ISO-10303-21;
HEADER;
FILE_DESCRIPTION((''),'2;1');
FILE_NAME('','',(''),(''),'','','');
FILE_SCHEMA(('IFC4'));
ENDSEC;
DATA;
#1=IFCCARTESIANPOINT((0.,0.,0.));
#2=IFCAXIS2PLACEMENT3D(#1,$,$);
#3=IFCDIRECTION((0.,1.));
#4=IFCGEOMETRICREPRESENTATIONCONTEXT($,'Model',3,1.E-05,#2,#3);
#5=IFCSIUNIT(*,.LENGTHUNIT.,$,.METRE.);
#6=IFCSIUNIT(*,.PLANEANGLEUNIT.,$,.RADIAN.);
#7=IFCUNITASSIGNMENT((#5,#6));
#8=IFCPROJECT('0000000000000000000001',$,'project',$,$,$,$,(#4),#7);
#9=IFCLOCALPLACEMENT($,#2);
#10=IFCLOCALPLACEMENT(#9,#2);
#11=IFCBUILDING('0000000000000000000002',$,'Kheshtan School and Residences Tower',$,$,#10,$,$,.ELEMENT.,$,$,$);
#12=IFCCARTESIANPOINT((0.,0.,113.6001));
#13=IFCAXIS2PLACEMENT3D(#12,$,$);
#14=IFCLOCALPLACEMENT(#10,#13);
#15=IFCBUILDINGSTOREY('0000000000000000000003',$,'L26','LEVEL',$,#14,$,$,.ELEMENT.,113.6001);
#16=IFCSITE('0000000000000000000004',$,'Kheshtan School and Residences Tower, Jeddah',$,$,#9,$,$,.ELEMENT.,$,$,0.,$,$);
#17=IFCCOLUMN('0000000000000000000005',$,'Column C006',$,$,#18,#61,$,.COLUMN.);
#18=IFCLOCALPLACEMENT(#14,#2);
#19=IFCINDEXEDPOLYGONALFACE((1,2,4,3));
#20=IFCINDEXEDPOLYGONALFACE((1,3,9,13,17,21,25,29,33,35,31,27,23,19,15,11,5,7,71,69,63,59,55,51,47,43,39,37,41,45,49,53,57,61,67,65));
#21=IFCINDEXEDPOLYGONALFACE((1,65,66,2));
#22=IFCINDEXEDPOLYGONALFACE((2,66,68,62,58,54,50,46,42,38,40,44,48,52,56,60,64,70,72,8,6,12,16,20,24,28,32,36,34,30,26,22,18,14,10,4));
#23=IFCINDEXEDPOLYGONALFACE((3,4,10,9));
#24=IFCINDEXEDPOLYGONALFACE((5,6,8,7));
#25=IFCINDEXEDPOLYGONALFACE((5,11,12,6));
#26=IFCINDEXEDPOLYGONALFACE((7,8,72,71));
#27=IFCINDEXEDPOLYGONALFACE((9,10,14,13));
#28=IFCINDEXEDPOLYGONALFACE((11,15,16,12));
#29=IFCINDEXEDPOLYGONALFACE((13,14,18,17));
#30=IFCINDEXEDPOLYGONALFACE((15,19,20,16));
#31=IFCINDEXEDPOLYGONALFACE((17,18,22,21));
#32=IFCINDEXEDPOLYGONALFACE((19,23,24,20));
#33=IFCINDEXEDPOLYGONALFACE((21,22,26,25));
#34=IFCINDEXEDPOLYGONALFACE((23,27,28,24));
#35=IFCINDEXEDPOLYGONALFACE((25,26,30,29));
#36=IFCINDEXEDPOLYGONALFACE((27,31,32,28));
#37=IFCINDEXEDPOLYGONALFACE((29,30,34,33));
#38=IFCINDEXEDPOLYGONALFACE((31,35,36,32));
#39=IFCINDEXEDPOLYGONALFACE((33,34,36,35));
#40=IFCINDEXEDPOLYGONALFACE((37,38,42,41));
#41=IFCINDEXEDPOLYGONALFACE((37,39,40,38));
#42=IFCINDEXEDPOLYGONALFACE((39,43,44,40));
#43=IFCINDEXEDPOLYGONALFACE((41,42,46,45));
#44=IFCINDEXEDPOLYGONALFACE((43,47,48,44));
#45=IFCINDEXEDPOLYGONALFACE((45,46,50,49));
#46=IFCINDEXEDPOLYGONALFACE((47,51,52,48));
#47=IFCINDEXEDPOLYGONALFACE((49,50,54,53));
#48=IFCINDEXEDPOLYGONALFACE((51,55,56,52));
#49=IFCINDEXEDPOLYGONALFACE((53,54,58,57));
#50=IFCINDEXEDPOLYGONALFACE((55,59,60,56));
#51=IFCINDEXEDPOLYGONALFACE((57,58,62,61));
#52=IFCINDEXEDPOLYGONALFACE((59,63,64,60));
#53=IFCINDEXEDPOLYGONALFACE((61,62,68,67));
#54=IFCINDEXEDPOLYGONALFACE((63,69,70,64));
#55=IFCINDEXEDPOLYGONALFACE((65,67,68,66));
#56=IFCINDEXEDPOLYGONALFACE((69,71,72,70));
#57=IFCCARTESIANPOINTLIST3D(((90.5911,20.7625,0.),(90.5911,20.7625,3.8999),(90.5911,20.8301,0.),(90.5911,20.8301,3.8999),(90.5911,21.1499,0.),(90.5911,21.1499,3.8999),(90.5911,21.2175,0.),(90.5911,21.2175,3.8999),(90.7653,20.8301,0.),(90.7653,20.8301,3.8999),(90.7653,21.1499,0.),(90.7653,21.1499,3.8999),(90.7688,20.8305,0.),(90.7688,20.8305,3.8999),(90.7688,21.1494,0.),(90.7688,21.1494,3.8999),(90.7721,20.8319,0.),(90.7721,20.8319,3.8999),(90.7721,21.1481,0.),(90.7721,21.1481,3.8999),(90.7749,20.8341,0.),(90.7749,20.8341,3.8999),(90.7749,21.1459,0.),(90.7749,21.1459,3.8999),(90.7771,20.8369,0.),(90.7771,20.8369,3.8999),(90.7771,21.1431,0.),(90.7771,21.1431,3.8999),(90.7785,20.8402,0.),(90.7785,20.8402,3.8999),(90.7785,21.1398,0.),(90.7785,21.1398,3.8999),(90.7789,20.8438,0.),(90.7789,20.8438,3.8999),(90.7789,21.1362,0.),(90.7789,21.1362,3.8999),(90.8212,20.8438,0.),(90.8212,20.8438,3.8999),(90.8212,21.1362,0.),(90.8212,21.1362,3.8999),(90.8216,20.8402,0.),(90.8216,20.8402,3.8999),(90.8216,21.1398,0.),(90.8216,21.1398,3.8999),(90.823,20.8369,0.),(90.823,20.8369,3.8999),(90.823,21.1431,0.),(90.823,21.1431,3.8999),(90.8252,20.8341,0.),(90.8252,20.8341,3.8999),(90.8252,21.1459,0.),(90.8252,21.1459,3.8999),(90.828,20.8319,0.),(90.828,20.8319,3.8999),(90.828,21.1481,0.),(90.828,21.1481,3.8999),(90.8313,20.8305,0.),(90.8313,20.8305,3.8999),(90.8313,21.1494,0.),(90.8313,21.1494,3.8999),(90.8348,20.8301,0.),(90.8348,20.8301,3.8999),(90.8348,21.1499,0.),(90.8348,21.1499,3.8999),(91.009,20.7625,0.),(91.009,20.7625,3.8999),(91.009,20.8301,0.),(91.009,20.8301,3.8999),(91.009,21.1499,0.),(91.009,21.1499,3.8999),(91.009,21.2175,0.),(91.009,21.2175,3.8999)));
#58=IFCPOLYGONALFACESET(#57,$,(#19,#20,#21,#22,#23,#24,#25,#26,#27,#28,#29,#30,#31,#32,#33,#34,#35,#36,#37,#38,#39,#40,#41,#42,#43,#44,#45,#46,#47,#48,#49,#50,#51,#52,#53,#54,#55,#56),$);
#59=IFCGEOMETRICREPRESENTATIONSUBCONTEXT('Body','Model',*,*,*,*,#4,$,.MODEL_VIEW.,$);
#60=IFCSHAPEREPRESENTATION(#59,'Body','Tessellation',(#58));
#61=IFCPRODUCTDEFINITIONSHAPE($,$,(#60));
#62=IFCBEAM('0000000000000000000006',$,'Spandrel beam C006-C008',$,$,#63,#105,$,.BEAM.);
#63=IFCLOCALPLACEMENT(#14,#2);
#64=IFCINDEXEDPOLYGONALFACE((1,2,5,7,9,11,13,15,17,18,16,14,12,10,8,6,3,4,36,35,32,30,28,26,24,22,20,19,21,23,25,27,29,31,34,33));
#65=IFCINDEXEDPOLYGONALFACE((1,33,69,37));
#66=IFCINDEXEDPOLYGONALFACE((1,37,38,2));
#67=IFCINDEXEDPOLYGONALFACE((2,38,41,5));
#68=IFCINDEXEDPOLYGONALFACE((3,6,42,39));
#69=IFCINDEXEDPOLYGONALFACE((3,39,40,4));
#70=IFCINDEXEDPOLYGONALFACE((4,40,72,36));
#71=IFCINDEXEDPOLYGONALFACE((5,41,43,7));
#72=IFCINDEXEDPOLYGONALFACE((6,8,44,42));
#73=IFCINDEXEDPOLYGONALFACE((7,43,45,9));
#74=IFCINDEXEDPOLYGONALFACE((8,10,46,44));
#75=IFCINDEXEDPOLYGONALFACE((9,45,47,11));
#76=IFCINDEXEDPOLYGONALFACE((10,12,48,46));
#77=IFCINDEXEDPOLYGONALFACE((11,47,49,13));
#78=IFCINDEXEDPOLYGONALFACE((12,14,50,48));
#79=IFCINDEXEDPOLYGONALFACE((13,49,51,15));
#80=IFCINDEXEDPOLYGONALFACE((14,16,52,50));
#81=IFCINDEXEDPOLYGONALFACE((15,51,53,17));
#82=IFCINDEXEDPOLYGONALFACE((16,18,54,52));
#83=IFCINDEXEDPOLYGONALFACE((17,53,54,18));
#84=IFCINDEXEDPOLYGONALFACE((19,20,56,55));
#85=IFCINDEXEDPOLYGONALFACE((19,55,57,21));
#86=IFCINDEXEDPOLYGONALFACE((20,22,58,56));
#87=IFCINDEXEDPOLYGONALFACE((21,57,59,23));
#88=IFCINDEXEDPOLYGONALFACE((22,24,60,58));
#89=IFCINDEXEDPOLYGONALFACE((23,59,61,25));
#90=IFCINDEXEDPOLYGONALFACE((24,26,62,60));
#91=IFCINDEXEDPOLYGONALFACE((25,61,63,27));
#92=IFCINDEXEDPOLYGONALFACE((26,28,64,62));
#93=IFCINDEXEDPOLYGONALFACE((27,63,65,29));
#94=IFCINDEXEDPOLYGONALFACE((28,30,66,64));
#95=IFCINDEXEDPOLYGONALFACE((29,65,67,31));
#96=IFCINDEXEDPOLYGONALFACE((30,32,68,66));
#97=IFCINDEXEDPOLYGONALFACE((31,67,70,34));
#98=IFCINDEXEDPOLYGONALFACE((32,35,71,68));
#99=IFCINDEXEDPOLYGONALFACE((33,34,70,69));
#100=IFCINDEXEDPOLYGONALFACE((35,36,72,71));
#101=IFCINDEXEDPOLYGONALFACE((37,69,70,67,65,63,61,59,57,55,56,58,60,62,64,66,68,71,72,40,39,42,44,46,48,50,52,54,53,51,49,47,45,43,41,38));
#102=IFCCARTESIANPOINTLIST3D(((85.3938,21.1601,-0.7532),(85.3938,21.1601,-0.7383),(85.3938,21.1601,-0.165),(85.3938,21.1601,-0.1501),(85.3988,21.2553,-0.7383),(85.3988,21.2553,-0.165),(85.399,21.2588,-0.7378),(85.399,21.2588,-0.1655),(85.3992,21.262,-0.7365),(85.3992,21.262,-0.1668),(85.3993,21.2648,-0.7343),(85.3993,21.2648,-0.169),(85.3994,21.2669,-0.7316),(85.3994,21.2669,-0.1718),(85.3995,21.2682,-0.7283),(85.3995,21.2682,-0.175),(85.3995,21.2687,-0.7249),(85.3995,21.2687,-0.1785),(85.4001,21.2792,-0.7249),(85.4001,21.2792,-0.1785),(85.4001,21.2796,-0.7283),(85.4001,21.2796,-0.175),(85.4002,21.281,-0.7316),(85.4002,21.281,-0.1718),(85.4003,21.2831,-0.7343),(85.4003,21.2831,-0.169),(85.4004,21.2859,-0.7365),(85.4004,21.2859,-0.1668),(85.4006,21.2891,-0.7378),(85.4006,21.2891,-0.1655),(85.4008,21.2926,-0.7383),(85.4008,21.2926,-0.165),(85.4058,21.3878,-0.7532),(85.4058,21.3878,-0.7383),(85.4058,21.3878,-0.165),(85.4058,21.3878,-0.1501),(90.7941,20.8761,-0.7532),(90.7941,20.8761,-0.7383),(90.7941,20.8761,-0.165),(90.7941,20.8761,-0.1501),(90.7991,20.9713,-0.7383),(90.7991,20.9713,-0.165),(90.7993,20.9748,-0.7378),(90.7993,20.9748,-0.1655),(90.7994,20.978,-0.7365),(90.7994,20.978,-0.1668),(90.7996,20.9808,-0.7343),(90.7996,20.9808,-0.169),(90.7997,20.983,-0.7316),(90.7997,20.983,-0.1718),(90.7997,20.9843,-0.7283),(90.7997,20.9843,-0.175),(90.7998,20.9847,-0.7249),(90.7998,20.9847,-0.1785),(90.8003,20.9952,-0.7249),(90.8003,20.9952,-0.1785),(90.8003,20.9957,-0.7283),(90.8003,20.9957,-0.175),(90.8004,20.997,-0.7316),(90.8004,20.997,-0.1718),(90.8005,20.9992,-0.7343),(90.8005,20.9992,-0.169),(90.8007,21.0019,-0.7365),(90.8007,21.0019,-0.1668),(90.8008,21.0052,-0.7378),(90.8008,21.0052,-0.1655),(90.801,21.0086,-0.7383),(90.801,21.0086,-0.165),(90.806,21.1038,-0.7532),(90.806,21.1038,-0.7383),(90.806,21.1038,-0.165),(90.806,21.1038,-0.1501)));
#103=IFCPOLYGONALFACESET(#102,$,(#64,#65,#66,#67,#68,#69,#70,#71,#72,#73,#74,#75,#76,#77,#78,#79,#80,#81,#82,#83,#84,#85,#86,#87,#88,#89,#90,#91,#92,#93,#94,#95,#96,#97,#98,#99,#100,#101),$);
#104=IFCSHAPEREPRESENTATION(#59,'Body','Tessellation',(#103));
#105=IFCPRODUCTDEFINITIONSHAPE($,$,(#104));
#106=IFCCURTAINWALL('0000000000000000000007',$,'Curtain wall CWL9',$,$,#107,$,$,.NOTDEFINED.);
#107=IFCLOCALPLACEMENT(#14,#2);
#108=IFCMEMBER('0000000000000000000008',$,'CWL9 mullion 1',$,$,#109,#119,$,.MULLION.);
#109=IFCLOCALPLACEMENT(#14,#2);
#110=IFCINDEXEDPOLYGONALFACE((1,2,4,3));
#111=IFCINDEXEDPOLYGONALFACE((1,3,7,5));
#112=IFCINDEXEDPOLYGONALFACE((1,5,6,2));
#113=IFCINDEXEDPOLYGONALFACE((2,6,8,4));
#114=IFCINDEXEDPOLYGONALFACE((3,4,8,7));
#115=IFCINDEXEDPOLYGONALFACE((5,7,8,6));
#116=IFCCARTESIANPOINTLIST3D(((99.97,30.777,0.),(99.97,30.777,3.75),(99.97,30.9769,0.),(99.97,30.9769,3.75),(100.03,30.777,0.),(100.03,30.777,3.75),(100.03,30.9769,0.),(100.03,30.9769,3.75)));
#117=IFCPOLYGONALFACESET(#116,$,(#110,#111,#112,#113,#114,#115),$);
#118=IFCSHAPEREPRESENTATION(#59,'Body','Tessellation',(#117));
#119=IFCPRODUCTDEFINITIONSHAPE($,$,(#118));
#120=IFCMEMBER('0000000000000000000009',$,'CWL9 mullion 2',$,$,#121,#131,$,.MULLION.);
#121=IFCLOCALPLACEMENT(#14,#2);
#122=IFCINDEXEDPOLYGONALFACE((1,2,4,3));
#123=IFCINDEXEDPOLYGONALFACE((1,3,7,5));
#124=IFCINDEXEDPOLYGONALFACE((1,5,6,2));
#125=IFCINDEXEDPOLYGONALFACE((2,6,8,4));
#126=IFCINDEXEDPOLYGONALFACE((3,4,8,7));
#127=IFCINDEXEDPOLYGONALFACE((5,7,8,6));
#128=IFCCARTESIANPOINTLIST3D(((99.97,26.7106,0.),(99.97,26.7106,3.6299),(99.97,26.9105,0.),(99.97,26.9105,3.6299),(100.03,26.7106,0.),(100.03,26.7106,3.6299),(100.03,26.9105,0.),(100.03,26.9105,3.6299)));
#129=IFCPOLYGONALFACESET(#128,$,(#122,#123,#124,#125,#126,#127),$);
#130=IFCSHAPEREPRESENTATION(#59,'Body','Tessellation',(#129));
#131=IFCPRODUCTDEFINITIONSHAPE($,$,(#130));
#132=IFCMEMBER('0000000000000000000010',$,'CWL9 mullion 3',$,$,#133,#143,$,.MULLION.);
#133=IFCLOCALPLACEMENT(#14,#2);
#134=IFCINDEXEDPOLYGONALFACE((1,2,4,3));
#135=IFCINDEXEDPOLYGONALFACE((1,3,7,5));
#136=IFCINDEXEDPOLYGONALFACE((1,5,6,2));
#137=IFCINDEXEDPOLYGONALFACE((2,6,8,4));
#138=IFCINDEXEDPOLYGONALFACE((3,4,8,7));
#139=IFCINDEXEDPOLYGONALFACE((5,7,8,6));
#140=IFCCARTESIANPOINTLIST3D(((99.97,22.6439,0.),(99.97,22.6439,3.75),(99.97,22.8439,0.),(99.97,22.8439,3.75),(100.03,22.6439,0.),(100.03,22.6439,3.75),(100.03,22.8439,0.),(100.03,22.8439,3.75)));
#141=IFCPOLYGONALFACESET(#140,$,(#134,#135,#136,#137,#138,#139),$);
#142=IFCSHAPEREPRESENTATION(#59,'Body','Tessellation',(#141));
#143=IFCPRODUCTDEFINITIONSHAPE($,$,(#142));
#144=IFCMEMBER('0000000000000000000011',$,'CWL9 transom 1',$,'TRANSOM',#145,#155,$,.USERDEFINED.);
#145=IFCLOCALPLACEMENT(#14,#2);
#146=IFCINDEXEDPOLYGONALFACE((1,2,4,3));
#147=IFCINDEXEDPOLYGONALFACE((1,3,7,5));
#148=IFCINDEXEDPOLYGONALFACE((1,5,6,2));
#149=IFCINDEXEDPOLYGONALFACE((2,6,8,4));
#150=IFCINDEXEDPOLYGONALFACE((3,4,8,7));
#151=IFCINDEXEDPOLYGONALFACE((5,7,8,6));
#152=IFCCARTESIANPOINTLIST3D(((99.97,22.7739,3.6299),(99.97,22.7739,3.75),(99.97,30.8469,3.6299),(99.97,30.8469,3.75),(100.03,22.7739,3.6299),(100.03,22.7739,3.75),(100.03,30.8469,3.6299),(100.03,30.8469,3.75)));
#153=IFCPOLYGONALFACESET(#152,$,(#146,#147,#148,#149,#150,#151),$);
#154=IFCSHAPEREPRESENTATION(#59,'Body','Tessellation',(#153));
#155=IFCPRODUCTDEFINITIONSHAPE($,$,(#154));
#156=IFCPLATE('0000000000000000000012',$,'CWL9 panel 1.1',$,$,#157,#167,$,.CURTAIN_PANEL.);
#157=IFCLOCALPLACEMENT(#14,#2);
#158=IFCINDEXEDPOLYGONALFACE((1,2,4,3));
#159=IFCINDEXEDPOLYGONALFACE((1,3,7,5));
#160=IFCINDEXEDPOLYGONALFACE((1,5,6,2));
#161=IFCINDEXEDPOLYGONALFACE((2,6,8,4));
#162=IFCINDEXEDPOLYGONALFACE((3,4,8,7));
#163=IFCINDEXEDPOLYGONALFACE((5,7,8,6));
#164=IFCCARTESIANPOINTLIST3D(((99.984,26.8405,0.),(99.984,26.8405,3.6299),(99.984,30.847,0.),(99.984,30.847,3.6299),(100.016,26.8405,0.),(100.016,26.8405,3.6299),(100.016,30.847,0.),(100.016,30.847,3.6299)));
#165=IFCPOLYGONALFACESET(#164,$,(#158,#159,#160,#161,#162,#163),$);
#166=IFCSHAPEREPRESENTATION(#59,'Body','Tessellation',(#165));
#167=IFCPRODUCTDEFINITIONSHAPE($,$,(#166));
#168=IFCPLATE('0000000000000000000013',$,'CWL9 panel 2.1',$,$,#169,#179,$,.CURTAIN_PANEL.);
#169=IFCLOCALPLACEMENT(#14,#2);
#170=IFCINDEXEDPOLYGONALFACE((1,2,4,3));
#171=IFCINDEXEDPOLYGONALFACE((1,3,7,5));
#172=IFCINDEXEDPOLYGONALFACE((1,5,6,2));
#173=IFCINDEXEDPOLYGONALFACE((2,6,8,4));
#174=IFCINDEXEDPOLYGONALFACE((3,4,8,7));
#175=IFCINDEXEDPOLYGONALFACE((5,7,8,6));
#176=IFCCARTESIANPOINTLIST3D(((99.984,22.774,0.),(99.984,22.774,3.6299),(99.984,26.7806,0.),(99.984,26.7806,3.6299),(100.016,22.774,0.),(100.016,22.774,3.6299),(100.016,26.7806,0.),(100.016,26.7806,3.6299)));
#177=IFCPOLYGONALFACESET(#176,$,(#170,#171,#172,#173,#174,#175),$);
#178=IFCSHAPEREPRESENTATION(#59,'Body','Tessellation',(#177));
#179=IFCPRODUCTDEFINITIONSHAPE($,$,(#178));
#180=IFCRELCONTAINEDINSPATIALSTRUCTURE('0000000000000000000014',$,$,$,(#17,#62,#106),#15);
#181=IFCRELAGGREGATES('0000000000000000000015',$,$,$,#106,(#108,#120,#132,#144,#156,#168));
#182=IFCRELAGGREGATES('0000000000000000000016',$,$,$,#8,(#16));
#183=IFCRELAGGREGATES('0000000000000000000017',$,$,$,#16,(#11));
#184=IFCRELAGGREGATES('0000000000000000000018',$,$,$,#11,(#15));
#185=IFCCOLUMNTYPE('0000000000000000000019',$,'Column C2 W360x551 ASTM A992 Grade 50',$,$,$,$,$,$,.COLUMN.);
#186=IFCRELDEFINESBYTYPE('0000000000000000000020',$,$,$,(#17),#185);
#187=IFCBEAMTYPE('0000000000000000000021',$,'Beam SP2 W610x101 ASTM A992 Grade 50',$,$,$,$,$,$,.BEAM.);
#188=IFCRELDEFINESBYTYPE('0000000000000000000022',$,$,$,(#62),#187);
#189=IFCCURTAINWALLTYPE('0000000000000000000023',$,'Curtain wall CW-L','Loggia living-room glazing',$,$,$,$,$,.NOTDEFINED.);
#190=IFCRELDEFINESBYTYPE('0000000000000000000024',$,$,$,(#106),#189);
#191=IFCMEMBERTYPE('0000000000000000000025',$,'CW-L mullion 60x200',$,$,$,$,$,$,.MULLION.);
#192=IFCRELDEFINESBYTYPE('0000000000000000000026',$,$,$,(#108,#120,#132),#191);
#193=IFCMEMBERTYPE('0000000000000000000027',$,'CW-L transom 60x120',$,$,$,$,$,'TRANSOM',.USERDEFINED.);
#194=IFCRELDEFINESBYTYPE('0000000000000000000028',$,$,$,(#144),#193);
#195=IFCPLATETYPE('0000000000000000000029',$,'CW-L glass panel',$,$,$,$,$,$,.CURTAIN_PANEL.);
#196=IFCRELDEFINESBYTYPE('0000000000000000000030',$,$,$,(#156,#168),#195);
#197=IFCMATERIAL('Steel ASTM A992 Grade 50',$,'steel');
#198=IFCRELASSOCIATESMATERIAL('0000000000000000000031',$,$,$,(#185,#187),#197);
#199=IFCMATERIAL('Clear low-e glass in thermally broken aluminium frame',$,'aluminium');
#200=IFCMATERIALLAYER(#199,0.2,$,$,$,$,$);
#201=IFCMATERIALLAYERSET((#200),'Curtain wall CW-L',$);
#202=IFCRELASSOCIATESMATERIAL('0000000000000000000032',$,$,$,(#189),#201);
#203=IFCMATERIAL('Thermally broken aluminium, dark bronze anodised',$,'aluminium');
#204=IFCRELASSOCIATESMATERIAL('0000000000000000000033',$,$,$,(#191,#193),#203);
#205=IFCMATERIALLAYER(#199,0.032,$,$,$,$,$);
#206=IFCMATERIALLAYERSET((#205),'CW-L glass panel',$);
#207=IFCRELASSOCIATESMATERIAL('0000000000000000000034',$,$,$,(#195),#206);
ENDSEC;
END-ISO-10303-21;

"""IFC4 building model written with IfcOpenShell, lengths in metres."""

from ifc_helpers import new_model, si_unit, direction, frame, origin, origin_2d, place, context, subcontext, project, spatial, rectangle, i_section, extrude, material, layer, layer_set, material_profile, profile_set, type_object, element, aggregate, save


model = new_model("IFC4")

# Units and contexts
model_context = context("Model", 3, precision=1e-05, world=origin(), true_north=direction((0.0, 1.0)))
body_context = subcontext(model_context, "Body", "Model", "MODEL_VIEW")
ifc_project = project(units=[si_unit("LENGTHUNIT", "METRE"), si_unit("PLANEANGLEUNIT", "RADIAN")], contexts=[model_context])

# Site, building, storey
site_placement = place(None, origin())
site = spatial("IfcSite", under=ifc_project, at=site_placement, Name="Kheshtan School and Residences Tower, Jeddah", CompositionType="ELEMENT", RefElevation=0.0)
building_placement = place(site_placement, origin())
building = spatial("IfcBuilding", under=site, at=building_placement, Name="Kheshtan School and Residences Tower", CompositionType="ELEMENT")
storey_placement = place(building_placement, frame((0.0, 0.0, 113.6001)))
storey = spatial("IfcBuildingStorey", under=building, at=storey_placement, Name="L26", Description="LEVEL", CompositionType="ELEMENT", Elevation=113.6001)

# Column
ifc_material_1 = material(Name="Steel ASTM A992 Grade 50", Category="steel")
ifc_material_profile_1 = material_profile(ifc_material_1, i_section(OverallWidth=0.418, OverallDepth=0.4551, WebThickness=0.0422, FlangeThickness=0.0676, FilletRadius=0.0137, at=origin_2d()), Name="W360x551")
ifc_profile_set_1 = profile_set([ifc_material_profile_1], Name="Steel ASTM A992 Grade 50")
column_type = type_object("IfcColumnType", Name="Column C2 W360x551 ASTM A992 Grade 50", PredefinedType="COLUMN", material=ifc_profile_set_1)
column_placement = place(storey_placement, frame((90.8, 20.99, 0.0), z_axis=(0.0, 0.0, 1.0), x_axis=(1.0, 0.0, 0.0)))
element("IfcColumn", 1, at=column_placement, inside=storey, type_object=column_type, Name="Column C006", PredefinedType="COLUMN", context=body_context, shape_type="SweptSolid", body=[
    extrude(i_section(OverallWidth=0.418, OverallDepth=0.4551, WebThickness=0.0422, FlangeThickness=0.0676, FilletRadius=0.0137, at=origin_2d()), origin(), (0.0, 0.0, 1.0), 3.8999),
])

# Beam
ifc_material_profile_2 = material_profile(ifc_material_1, i_section(OverallWidth=0.228, OverallDepth=0.603, WebThickness=0.0105, FlangeThickness=0.0149, FilletRadius=0.0134, at=origin_2d()), Name="W610x101")
ifc_profile_set_2 = profile_set([ifc_material_profile_2], Name="Steel ASTM A992 Grade 50")
beam_type = type_object("IfcBeamType", Name="Beam SP2 W610x101 ASTM A992 Grade 50", PredefinedType="BEAM", material=ifc_profile_set_2)
beam_placement = place(storey_placement, frame((90.8, 20.99, -0.4517), z_axis=(-0.998621, 0.052507, 0.0), x_axis=(-0.052507, -0.998621, 0.0)))
element("IfcBeam", 2, at=beam_placement, inside=storey, type_object=beam_type, Name="Spandrel beam C006-C008", PredefinedType="BEAM", context=body_context, shape_type="SweptSolid", body=[
    extrude(i_section(OverallWidth=0.228, OverallDepth=0.603, WebThickness=0.0105, FlangeThickness=0.0149, FilletRadius=0.0134, at=origin_2d()), origin(), (0.0, 0.0, 1.0), 5.4077),
])

# Curtain wall, members, plates
ifc_material_2 = material(Name="Clear low-e glass in thermally broken aluminium frame", Category="aluminium")
ifc_layer_1 = layer(ifc_material_2, 0.2)
ifc_layer_set_1 = layer_set([ifc_layer_1], Name="Curtain wall CW-L")
curtain_wall_type = type_object("IfcCurtainWallType", Name="Curtain wall CW-L", Description="Loggia living-room glazing", PredefinedType="NOTDEFINED", material=ifc_layer_set_1)
curtain_wall_placement = place(storey_placement, origin())
curtain_wall = element("IfcCurtainWall", 3, at=curtain_wall_placement, inside=storey, type_object=curtain_wall_type, Name="Curtain wall CWL9", PredefinedType="NOTDEFINED")
ifc_material_3 = material(Name="Thermally broken aluminium, dark bronze anodised", Category="aluminium")
ifc_material_profile_3 = material_profile(ifc_material_3, rectangle(XDim=0.0601, YDim=0.2, at=origin_2d()), Name="CW-L mullion 60x200")
ifc_profile_set_3 = profile_set([ifc_material_profile_3], Name="Thermally broken aluminium, dark bronze anodised")
member_type_1 = type_object("IfcMemberType", Name="CW-L mullion 60x200", PredefinedType="MULLION", material=ifc_profile_set_3)
member_1_placement = place(storey_placement, frame((100.0, 30.877, 0.0), z_axis=(0.0, 0.0, 1.0), x_axis=(1.0, 0.0, 0.0)))
member_1 = element("IfcMember", 4, at=member_1_placement, type_object=member_type_1, Name="CWL9 mullion 1", PredefinedType="MULLION", context=body_context, shape_type="SweptSolid", body=[
    extrude(rectangle(XDim=0.0601, YDim=0.2, at=origin_2d()), origin(), (0.0, 0.0, 1.0), 3.75),
])
member_2_placement = place(storey_placement, frame((100.0, 26.8105, 0.0), z_axis=(0.0, 0.0, 1.0), x_axis=(1.0, 0.0, 0.0)))
member_2 = element("IfcMember", 5, at=member_2_placement, type_object=member_type_1, Name="CWL9 mullion 2", PredefinedType="MULLION", context=body_context, shape_type="SweptSolid", body=[
    extrude(rectangle(XDim=0.0601, YDim=0.2, at=origin_2d()), origin(), (0.0, 0.0, 1.0), 3.6299),
])
member_3_placement = place(storey_placement, frame((100.0, 22.7439, 0.0), z_axis=(0.0, 0.0, 1.0), x_axis=(1.0, 0.0, 0.0)))
member_3 = element("IfcMember", 6, at=member_3_placement, type_object=member_type_1, Name="CWL9 mullion 3", PredefinedType="MULLION", context=body_context, shape_type="SweptSolid", body=[
    extrude(rectangle(XDim=0.0601, YDim=0.2, at=origin_2d()), origin(), (0.0, 0.0, 1.0), 3.75),
])
ifc_material_profile_4 = material_profile(ifc_material_3, rectangle(XDim=0.0601, YDim=0.1201, at=origin_2d()), Name="CW-L transom 60x120")
ifc_profile_set_4 = profile_set([ifc_material_profile_4], Name="Thermally broken aluminium, dark bronze anodised")
member_type_2 = type_object("IfcMemberType", Name="CW-L transom 60x120", ElementType="TRANSOM", PredefinedType="USERDEFINED", material=ifc_profile_set_4)
member_4_placement = place(storey_placement, frame((100.0, 30.8469, 3.6899), z_axis=(0.0, -1.0, 0.0), x_axis=(1.0, 0.0, 0.0)))
member_4 = element("IfcMember", 7, at=member_4_placement, type_object=member_type_2, Name="CWL9 transom 1", ObjectType="TRANSOM", PredefinedType="USERDEFINED", context=body_context, shape_type="SweptSolid", body=[
    extrude(rectangle(XDim=0.0601, YDim=0.1201, at=origin_2d()), origin(), (0.0, 0.0, 1.0), 8.073),
])
ifc_layer_2 = layer(ifc_material_2, 0.032)
ifc_layer_set_2 = layer_set([ifc_layer_2], Name="CW-L glass panel")
plate_type = type_object("IfcPlateType", Name="CW-L glass panel", PredefinedType="CURTAIN_PANEL", material=ifc_layer_set_2)
plate_1_placement = place(storey_placement, frame((100.0, 28.8438, 0.0), z_axis=(0.0, 0.0, 1.0), x_axis=(0.0, -1.0, 0.0)))
plate_1 = element("IfcPlate", 8, at=plate_1_placement, type_object=plate_type, Name="CWL9 panel 1.1", PredefinedType="CURTAIN_PANEL", context=body_context, shape_type="SweptSolid", body=[
    extrude(rectangle(XDim=4.0066, YDim=0.032, at=origin_2d()), origin(), (0.0, 0.0, 1.0), 3.6299),
])
plate_2_placement = place(storey_placement, frame((100.0, 24.7773, 0.0), z_axis=(0.0, 0.0, 1.0), x_axis=(0.0, -1.0, 0.0)))
plate_2 = element("IfcPlate", 9, at=plate_2_placement, type_object=plate_type, Name="CWL9 panel 2.1", PredefinedType="CURTAIN_PANEL", context=body_context, shape_type="SweptSolid", body=[
    extrude(rectangle(XDim=4.0066, YDim=0.032, at=origin_2d()), origin(), (0.0, 0.0, 1.0), 3.6299),
])
aggregate(curtain_wall, [member_1, member_2, member_3, member_4, plate_1, plate_2])

save(model, "model.ifc")
